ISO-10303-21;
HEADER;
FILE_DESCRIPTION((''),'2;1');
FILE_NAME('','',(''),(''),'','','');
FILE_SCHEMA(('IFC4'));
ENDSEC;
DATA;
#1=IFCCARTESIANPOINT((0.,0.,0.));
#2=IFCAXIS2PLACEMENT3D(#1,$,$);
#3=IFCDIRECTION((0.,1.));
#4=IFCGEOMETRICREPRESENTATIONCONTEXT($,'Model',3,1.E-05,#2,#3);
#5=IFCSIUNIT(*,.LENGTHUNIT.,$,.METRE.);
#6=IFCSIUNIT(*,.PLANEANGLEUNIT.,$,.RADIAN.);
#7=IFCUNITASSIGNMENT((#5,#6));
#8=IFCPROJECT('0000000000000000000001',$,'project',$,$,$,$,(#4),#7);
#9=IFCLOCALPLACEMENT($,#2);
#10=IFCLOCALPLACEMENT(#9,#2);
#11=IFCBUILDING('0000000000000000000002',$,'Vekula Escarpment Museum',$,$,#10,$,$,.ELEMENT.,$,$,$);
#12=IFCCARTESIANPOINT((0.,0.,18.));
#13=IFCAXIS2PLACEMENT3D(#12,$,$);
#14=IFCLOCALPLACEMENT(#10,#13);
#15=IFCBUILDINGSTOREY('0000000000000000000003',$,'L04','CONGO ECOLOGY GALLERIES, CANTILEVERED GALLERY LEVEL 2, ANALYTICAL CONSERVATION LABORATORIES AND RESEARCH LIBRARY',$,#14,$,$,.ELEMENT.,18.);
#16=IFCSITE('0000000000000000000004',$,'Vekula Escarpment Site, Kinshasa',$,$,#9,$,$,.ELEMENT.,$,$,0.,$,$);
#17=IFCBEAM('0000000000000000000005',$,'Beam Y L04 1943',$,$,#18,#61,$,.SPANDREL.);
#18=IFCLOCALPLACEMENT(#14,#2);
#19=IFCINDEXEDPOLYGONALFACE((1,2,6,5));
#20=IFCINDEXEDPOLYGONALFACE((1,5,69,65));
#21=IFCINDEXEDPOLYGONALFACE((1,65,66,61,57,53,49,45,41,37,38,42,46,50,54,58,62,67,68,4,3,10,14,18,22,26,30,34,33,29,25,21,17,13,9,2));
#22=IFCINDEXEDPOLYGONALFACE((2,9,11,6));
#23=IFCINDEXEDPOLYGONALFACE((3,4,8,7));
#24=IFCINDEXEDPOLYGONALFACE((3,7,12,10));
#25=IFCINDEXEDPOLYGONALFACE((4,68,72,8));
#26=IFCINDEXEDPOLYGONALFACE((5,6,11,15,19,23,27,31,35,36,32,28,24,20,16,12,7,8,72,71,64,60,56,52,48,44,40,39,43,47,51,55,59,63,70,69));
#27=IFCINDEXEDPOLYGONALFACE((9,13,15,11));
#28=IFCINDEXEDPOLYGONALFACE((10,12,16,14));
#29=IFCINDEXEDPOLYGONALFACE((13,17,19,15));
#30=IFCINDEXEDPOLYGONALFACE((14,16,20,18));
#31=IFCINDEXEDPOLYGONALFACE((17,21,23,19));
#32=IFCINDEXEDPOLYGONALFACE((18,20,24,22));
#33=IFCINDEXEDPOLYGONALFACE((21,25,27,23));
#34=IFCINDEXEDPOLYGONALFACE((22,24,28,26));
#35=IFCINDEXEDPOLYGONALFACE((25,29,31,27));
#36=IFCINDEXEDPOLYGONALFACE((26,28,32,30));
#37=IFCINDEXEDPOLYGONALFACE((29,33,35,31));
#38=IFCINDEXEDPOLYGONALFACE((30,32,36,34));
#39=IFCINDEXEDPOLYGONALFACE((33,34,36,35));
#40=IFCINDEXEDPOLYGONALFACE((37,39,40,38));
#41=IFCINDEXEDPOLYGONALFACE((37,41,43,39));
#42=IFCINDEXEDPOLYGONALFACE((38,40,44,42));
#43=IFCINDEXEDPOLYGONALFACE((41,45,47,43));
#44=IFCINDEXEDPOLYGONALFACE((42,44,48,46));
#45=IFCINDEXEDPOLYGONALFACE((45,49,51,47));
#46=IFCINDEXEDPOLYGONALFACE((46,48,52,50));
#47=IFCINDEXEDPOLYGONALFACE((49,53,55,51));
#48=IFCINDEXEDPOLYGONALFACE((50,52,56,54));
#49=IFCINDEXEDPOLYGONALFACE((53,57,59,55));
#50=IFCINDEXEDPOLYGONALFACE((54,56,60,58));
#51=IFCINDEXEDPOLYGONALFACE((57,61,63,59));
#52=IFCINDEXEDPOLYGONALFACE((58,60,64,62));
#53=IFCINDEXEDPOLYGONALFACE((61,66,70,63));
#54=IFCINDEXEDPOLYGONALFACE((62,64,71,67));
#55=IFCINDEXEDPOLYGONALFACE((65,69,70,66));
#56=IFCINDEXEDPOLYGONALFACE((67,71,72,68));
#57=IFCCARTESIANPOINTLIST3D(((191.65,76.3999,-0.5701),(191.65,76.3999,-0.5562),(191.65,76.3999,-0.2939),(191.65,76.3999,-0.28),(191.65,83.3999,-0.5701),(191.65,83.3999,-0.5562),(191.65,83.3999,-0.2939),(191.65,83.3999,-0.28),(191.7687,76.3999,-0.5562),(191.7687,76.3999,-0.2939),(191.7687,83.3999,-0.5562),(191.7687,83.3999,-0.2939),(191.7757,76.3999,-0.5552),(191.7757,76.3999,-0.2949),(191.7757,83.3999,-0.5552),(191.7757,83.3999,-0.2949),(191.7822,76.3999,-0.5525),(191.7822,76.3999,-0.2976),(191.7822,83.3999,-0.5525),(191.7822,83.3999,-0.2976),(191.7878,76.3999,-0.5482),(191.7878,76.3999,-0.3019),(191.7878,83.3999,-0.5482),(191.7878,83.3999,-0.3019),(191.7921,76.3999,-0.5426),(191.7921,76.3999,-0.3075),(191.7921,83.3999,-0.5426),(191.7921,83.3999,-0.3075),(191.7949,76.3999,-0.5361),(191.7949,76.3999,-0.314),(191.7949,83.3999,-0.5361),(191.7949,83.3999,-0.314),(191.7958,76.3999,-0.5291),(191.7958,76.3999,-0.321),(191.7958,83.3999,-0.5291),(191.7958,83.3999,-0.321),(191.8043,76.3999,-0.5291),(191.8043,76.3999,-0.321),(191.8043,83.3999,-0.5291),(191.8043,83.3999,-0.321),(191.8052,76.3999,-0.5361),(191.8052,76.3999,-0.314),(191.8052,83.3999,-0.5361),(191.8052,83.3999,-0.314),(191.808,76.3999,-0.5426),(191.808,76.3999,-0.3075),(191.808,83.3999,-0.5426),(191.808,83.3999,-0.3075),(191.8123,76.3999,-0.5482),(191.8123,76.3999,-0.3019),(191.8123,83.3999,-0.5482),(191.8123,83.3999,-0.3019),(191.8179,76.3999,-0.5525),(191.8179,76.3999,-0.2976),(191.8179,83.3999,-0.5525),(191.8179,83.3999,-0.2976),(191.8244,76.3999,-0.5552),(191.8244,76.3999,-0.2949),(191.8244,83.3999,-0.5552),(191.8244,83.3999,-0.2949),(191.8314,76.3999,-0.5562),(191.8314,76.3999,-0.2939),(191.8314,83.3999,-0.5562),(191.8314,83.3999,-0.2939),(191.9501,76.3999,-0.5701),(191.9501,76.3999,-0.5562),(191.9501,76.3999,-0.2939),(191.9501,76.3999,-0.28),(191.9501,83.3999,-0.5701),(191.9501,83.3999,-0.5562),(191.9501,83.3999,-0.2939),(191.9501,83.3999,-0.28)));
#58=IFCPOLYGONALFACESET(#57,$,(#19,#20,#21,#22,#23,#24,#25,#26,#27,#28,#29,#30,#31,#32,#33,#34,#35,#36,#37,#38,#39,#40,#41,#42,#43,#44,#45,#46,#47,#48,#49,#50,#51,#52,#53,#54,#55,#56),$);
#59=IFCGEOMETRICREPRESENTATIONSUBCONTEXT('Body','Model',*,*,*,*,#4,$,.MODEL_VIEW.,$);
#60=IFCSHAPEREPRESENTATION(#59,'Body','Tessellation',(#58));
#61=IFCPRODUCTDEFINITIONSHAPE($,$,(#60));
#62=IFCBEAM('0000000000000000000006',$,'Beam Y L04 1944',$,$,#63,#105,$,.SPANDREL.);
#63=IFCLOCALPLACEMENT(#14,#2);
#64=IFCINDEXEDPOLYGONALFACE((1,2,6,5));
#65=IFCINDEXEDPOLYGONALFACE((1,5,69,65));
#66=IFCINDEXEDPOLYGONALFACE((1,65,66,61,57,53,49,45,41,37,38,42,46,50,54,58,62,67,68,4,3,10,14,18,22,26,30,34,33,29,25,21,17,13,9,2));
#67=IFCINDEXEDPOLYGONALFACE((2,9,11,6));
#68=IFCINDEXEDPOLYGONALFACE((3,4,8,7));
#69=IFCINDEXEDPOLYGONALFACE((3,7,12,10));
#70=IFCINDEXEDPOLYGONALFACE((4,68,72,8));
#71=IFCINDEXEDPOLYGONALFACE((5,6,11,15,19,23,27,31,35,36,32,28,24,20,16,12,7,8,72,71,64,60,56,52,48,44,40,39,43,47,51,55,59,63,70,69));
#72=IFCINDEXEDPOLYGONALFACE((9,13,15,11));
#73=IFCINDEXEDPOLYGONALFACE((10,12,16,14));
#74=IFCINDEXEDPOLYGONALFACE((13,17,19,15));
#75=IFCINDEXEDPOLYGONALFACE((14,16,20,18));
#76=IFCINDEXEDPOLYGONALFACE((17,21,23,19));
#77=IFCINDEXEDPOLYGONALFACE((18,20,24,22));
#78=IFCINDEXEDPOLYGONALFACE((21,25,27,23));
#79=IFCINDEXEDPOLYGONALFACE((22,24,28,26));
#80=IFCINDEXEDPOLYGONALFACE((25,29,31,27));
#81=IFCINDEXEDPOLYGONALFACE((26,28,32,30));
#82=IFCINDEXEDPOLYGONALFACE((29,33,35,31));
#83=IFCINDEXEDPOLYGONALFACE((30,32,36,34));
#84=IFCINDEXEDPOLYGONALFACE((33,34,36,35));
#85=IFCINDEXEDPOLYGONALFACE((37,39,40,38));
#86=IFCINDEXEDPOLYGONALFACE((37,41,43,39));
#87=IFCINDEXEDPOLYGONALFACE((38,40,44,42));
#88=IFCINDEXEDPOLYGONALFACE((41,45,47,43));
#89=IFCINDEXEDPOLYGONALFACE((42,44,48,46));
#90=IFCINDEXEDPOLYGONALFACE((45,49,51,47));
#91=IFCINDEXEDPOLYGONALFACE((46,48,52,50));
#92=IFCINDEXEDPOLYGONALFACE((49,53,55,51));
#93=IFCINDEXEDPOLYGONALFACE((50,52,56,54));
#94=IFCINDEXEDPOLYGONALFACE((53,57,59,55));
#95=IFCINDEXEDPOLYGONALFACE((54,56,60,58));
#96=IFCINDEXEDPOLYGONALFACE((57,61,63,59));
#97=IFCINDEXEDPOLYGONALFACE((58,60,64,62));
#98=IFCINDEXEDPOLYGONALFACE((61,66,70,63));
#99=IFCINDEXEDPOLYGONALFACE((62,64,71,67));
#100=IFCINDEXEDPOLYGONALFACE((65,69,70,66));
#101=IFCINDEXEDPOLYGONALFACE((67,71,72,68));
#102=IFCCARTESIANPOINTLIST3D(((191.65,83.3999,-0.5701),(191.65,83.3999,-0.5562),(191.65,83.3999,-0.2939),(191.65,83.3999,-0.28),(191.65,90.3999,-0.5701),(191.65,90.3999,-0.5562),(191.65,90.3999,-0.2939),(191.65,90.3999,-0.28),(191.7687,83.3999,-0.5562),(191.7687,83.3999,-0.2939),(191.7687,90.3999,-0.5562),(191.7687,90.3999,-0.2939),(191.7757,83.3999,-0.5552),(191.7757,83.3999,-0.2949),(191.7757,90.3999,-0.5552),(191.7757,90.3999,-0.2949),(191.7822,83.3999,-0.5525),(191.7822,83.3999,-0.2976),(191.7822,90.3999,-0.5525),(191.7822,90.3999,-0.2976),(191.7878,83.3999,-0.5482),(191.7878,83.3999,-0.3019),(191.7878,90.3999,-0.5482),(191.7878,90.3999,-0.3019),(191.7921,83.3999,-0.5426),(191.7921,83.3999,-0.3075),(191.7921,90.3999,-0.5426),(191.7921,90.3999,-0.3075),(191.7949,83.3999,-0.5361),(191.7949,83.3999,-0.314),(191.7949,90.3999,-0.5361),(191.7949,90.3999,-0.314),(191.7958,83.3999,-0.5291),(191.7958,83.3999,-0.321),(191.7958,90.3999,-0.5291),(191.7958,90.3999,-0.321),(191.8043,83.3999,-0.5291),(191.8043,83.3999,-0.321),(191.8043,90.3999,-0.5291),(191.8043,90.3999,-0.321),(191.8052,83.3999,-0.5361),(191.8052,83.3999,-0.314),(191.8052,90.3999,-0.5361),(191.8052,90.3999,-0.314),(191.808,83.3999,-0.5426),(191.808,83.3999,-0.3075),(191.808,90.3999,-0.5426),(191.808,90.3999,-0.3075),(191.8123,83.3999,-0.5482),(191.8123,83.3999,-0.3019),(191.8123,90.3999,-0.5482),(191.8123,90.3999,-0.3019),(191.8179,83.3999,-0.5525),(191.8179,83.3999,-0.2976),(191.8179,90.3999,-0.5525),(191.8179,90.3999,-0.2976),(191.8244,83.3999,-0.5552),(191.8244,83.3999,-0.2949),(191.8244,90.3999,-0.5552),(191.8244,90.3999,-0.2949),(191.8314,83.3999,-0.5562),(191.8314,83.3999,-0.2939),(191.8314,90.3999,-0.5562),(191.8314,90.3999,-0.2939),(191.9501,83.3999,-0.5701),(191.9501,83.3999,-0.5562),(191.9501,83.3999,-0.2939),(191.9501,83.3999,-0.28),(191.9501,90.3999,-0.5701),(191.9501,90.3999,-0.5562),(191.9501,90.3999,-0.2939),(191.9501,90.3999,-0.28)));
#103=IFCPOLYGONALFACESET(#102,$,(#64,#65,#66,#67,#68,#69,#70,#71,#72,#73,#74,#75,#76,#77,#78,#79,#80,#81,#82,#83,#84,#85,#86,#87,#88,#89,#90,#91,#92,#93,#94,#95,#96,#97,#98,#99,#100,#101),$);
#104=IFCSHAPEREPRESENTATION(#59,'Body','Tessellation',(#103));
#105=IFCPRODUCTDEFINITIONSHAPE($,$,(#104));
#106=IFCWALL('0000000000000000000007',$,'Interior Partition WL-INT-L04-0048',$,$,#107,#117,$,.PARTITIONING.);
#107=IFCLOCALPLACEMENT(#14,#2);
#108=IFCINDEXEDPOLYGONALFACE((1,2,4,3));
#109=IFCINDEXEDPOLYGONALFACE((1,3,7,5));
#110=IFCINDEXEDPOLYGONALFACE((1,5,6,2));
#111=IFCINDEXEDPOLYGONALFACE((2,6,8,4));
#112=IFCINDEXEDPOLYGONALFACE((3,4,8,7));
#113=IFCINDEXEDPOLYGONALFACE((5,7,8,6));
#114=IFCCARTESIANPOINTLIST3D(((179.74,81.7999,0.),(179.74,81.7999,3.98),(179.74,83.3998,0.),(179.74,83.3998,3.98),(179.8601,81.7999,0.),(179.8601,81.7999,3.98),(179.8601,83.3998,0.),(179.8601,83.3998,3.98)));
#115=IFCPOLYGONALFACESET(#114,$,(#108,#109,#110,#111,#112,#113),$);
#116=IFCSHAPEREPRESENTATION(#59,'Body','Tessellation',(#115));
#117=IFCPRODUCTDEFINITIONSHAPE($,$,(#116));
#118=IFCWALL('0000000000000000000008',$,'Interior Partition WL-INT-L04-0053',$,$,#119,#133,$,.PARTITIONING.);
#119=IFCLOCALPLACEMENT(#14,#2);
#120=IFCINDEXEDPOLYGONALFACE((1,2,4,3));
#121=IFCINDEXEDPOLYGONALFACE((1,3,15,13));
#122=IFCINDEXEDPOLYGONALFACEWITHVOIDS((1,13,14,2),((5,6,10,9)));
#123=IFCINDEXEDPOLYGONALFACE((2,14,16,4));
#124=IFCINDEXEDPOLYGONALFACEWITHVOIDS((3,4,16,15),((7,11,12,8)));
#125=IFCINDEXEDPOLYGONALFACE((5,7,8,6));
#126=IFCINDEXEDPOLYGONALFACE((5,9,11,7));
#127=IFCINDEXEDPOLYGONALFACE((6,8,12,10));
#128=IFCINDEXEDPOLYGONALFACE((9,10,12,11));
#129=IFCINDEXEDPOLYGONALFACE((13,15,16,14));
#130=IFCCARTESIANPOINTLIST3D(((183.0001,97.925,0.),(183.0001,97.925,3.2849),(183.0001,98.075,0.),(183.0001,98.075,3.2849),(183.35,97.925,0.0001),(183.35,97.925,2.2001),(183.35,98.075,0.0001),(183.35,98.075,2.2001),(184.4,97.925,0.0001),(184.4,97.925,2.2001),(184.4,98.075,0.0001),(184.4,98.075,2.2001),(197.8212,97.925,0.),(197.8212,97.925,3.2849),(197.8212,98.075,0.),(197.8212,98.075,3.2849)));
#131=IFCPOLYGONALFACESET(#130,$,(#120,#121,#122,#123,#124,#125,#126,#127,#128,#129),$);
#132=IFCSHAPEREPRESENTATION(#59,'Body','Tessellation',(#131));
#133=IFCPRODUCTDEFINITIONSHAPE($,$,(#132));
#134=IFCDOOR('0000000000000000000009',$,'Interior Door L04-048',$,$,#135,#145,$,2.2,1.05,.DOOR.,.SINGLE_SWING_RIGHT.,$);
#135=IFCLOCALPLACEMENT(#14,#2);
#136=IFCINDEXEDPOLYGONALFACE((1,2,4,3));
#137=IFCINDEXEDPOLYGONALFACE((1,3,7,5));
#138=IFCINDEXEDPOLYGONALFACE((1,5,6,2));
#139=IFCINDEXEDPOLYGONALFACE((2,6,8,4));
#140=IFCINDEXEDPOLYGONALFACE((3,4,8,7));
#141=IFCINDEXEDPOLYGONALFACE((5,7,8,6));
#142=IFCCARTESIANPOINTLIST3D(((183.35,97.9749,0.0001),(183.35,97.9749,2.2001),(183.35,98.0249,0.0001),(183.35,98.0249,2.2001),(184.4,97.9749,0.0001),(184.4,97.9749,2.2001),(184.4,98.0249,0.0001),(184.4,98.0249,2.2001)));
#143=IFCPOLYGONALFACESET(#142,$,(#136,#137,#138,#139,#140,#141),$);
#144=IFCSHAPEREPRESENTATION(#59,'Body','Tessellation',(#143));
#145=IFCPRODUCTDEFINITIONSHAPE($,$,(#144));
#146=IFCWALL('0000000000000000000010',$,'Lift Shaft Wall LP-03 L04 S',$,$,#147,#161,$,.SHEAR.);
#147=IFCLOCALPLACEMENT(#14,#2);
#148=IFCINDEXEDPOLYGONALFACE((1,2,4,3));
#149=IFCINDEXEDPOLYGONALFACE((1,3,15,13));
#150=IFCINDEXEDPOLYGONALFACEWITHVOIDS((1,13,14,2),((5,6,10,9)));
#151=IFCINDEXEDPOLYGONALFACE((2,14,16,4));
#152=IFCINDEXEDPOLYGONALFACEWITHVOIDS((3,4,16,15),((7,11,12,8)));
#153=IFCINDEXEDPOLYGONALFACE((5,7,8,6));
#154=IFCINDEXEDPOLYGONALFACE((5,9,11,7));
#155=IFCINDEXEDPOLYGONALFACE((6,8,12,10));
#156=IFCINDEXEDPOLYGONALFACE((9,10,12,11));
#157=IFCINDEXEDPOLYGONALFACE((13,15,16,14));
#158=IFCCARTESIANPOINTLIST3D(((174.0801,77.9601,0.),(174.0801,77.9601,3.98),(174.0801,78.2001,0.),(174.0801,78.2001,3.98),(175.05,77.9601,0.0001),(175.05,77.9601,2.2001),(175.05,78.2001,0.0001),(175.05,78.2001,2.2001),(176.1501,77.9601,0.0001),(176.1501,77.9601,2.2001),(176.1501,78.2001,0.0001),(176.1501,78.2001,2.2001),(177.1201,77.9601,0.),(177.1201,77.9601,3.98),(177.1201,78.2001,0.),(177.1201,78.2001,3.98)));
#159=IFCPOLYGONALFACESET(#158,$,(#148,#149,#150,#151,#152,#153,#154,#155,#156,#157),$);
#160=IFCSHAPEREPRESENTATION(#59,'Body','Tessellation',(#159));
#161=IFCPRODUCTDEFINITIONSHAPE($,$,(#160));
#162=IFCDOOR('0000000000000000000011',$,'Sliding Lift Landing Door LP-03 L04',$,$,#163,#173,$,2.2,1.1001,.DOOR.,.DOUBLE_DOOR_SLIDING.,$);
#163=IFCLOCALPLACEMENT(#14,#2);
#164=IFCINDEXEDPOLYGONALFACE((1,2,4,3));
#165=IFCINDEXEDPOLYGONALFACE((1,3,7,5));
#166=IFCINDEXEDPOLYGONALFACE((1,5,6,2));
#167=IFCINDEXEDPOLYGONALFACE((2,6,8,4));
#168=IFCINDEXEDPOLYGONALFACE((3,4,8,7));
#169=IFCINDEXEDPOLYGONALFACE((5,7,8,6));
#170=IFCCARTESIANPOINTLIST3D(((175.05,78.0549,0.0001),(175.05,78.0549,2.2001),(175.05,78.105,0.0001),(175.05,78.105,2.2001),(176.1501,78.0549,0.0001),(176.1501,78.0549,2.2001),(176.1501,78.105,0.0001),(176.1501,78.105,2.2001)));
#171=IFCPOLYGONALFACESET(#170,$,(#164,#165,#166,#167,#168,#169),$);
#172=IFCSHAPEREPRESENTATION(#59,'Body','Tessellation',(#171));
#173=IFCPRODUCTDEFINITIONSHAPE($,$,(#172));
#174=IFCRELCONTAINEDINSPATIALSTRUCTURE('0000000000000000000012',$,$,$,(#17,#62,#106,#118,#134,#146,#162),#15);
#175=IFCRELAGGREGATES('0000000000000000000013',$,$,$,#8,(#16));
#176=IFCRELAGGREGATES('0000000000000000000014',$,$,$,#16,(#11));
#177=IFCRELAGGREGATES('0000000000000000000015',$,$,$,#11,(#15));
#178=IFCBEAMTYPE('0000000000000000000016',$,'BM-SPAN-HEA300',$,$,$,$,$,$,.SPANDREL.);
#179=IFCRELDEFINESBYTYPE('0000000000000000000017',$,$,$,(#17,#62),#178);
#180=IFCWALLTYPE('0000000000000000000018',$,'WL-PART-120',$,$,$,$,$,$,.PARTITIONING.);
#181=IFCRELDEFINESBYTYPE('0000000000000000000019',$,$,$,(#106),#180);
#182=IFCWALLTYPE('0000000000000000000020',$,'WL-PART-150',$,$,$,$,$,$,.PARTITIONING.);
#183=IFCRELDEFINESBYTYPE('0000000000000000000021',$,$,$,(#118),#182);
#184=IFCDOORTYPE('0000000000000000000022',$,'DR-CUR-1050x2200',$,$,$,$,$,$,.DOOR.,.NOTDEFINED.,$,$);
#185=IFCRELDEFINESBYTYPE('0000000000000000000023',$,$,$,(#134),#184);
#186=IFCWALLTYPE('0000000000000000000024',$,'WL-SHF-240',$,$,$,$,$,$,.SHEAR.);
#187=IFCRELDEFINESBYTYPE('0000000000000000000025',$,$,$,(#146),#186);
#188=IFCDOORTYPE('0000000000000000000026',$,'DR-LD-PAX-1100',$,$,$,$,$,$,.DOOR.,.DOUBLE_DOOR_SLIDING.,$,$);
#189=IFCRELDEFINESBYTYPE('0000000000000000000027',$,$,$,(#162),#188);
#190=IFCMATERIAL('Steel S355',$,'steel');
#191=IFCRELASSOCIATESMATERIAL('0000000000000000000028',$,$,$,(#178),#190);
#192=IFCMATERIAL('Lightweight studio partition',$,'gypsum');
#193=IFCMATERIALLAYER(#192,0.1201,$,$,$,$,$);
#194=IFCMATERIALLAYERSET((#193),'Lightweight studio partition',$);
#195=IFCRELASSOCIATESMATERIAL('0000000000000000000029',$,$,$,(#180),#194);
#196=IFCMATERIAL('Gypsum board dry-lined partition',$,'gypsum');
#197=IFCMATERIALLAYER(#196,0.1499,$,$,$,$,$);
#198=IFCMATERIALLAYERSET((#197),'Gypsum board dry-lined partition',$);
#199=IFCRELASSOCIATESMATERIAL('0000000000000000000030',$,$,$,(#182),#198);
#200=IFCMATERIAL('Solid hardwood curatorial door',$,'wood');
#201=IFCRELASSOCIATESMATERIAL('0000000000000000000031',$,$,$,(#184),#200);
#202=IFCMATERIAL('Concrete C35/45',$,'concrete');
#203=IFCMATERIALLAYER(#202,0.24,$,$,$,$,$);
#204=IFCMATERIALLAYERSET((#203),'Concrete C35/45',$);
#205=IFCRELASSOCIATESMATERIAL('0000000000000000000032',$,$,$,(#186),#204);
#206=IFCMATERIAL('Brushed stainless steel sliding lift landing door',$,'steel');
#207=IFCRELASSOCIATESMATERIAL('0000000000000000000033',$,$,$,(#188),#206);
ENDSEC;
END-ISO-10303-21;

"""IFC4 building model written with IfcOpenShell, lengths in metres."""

from ifc_helpers import new_model, si_unit, direction, frame, frame_2d, origin, origin_2d, place, context, subcontext, project, spatial, rectangle, i_section, extrude, material, layer, layer_set, material_profile, profile_set, type_object, element, fill, save


model = new_model("IFC4")

# Units and contexts
model_context = context("Model", 3, precision=1e-05, world=origin(), true_north=direction((0.0, 1.0)))
body_context = subcontext(model_context, "Body", "Model", "MODEL_VIEW")
ifc_project = project(units=[si_unit("LENGTHUNIT", "METRE"), si_unit("PLANEANGLEUNIT", "RADIAN")], contexts=[model_context])

# Site, building, storey
site_placement = place(None, origin())
site = spatial("IfcSite", under=ifc_project, at=site_placement, Name="Vekula Escarpment Site, Kinshasa", CompositionType="ELEMENT", RefElevation=0.0)
building_placement = place(site_placement, origin())
building = spatial("IfcBuilding", under=site, at=building_placement, Name="Vekula Escarpment Museum", CompositionType="ELEMENT")
storey_placement = place(building_placement, frame((0.0, 0.0, 18.0)))
storey = spatial("IfcBuildingStorey", under=building, at=storey_placement, Name="L04", Description="CONGO ECOLOGY GALLERIES, CANTILEVERED GALLERY LEVEL 2, ANALYTICAL CONSERVATION LABORATORIES AND RESEARCH LIBRARY", CompositionType="ELEMENT", Elevation=18.0)

# Beams
ifc_material_1 = material(Name="Steel S355", Category="steel")
ifc_material_profile_1 = material_profile(ifc_material_1, i_section(OverallWidth=0.3, OverallDepth=0.29, WebThickness=0.0085, FlangeThickness=0.0139, FilletRadius=0.0271, at=origin_2d()), Name="HEA 300")
ifc_profile_set_1 = profile_set([ifc_material_profile_1], Name="Steel S355")
beam_type_1 = type_object("IfcBeamType", Name="BM-SPAN-HEA300", PredefinedType="SPANDREL", material=ifc_profile_set_1)
for number, where, z_axis, x_axis, name in (
    (1, (191.8, 76.3999, -0.425), (0.0, 1.0, 0.0), (-1.0, 0.0, 0.0), "Beam Y L04 1943"),
    (2, (191.8, 83.3999, -0.425), (0.0, 1.0, 0.0), (-1.0, 0.0, 0.0), "Beam Y L04 1944"),
):
    element("IfcBeam", number, at=place(storey_placement, frame(where, z_axis=z_axis, x_axis=x_axis)), inside=storey, type_object=beam_type_1, Name=name, PredefinedType="SPANDREL", context=body_context, shape_type="SweptSolid", body=[
        extrude(i_section(OverallWidth=0.3, OverallDepth=0.29, WebThickness=0.0085, FlangeThickness=0.0139, FilletRadius=0.0271, at=origin_2d()), origin(), (0.0, 0.0, 1.0), 7.0),
    ])

# Wall
ifc_material_2 = material(Name="Lightweight studio partition", Category="gypsum")
ifc_layer_1 = layer(ifc_material_2, 0.1201)
ifc_layer_set_1 = layer_set([ifc_layer_1], Name="Lightweight studio partition")
wall_type_1 = type_object("IfcWallType", Name="WL-PART-120", PredefinedType="PARTITIONING", material=ifc_layer_set_1)
wall_1_placement = place(storey_placement, frame((179.8, 81.8, 0.0), z_axis=(0.0, 0.0, 1.0), x_axis=(0.0, 1.0, 0.0)))
element("IfcWall", 3, at=wall_1_placement, inside=storey, type_object=wall_type_1, Name="Interior Partition WL-INT-L04-0048", PredefinedType="PARTITIONING", context=body_context, shape_type="SweptSolid", body=[
    extrude(rectangle(XDim=1.5999, YDim=0.1201, at=frame_2d((0.7998, 0.0))), origin(), (0.0, 0.0, 1.0), 3.98),
])

# Walls, openings, doors
ifc_material_3 = material(Name="Gypsum board dry-lined partition", Category="gypsum")
ifc_layer_2 = layer(ifc_material_3, 0.1499)
ifc_layer_set_2 = layer_set([ifc_layer_2], Name="Gypsum board dry-lined partition")
wall_type_2 = type_object("IfcWallType", Name="WL-PART-150", PredefinedType="PARTITIONING", material=ifc_layer_set_2)
wall_2_placement = place(storey_placement, frame((183.0, 98.0, 0.0), z_axis=(0.0, 0.0, 1.0), x_axis=(1.0, 0.0, 0.0)))
wall_2 = element("IfcWall", 4, at=wall_2_placement, inside=storey, type_object=wall_type_2, Name="Interior Partition WL-INT-L04-0053", PredefinedType="PARTITIONING", context=body_context, shape_type="SweptSolid", body=[
    extrude(rectangle(XDim=14.821, YDim=0.1499, at=frame_2d((7.4106, 0.0))), origin(), (0.0, 0.0, 1.0), 3.2849),
])
opening_1_placement = place(wall_2_placement, frame((0.3501, 0.0, 0.0)))
opening_1 = element("IfcOpeningElement", 5, at=opening_1_placement, cuts=wall_2, PredefinedType="OPENING", context=body_context, shape_type="SweptSolid", body=[
    extrude(rectangle(XDim=1.05, YDim=2.2, at=frame_2d((0.5249, 1.1001))), frame((0.0, 0.085, 0.0), z_axis=(0.0, -1.0, 0.0), x_axis=(1.0, 0.0, 0.0)), (0.0, 0.0, 1.0), 0.1699),
])
ifc_material_4 = material(Name="Solid hardwood curatorial door", Category="wood")
door_type_1 = type_object("IfcDoorType", Name="DR-CUR-1050x2200", OperationType="NOTDEFINED", PredefinedType="DOOR", material=ifc_material_4)
door_1_placement = place(opening_1_placement, origin())
door_1 = element("IfcDoor", 6, at=door_1_placement, inside=storey, type_object=door_type_1, Name="Interior Door L04-048", OperationType="SINGLE_SWING_RIGHT", OverallHeight=2.2, OverallWidth=1.05, PredefinedType="DOOR", context=body_context, shape_type="SweptSolid", body=[
    extrude(rectangle(XDim=1.05, YDim=2.2, at=frame_2d((0.5249, 1.1001))), frame((0.0, 0.0249, 0.0), z_axis=(0.0, -1.0, 0.0), x_axis=(1.0, 0.0, 0.0)), (0.0, 0.0, 1.0), 0.05),
])
fill(opening_1, door_1)
ifc_material_5 = material(Name="Concrete C35/45", Category="concrete")
ifc_layer_3 = layer(ifc_material_5, 0.24)
ifc_layer_set_3 = layer_set([ifc_layer_3], Name="Concrete C35/45")
wall_type_3 = type_object("IfcWallType", Name="WL-SHF-240", PredefinedType="SHEAR", material=ifc_layer_set_3)
wall_3_placement = place(storey_placement, frame((174.0801, 78.0801, 0.0), z_axis=(0.0, 0.0, 1.0), x_axis=(1.0, 0.0, 0.0)))
wall_3 = element("IfcWall", 7, at=wall_3_placement, inside=storey, type_object=wall_type_3, Name="Lift Shaft Wall LP-03 L04 S", PredefinedType="SHEAR", context=body_context, shape_type="SweptSolid", body=[
    extrude(rectangle(XDim=3.04, YDim=0.24, at=frame_2d((1.52, 0.0))), origin(), (0.0, 0.0, 1.0), 3.98),
])
opening_2_placement = place(wall_3_placement, frame((0.97, 0.0, 0.0)))
opening_2 = element("IfcOpeningElement", 8, at=opening_2_placement, cuts=wall_3, PredefinedType="OPENING", context=body_context, shape_type="SweptSolid", body=[
    extrude(rectangle(XDim=1.1001, YDim=2.2, at=frame_2d((0.55, 1.1001))), frame((0.0, 0.1299, 0.0), z_axis=(0.0, -1.0, 0.0), x_axis=(1.0, 0.0, 0.0)), (0.0, 0.0, 1.0), 0.26),
])
ifc_material_6 = material(Name="Brushed stainless steel sliding lift landing door", Category="steel")
door_type_2 = type_object("IfcDoorType", Name="DR-LD-PAX-1100", OperationType="DOUBLE_DOOR_SLIDING", PredefinedType="DOOR", material=ifc_material_6)
door_2_placement = place(opening_2_placement, origin())
door_2 = element("IfcDoor", 9, at=door_2_placement, inside=storey, type_object=door_type_2, Name="Sliding Lift Landing Door LP-03 L04", OperationType="DOUBLE_DOOR_SLIDING", OverallHeight=2.2, OverallWidth=1.1001, PredefinedType="DOOR", context=body_context, shape_type="SweptSolid", body=[
    extrude(rectangle(XDim=1.1001, YDim=2.2, at=frame_2d((0.55, 1.1001))), frame((0.0, 0.0249, 0.0), z_axis=(0.0, -1.0, 0.0), x_axis=(1.0, 0.0, 0.0)), (0.0, 0.0, 1.0), 0.05),
])
fill(opening_2, door_2)

save(model, "model.ifc")
